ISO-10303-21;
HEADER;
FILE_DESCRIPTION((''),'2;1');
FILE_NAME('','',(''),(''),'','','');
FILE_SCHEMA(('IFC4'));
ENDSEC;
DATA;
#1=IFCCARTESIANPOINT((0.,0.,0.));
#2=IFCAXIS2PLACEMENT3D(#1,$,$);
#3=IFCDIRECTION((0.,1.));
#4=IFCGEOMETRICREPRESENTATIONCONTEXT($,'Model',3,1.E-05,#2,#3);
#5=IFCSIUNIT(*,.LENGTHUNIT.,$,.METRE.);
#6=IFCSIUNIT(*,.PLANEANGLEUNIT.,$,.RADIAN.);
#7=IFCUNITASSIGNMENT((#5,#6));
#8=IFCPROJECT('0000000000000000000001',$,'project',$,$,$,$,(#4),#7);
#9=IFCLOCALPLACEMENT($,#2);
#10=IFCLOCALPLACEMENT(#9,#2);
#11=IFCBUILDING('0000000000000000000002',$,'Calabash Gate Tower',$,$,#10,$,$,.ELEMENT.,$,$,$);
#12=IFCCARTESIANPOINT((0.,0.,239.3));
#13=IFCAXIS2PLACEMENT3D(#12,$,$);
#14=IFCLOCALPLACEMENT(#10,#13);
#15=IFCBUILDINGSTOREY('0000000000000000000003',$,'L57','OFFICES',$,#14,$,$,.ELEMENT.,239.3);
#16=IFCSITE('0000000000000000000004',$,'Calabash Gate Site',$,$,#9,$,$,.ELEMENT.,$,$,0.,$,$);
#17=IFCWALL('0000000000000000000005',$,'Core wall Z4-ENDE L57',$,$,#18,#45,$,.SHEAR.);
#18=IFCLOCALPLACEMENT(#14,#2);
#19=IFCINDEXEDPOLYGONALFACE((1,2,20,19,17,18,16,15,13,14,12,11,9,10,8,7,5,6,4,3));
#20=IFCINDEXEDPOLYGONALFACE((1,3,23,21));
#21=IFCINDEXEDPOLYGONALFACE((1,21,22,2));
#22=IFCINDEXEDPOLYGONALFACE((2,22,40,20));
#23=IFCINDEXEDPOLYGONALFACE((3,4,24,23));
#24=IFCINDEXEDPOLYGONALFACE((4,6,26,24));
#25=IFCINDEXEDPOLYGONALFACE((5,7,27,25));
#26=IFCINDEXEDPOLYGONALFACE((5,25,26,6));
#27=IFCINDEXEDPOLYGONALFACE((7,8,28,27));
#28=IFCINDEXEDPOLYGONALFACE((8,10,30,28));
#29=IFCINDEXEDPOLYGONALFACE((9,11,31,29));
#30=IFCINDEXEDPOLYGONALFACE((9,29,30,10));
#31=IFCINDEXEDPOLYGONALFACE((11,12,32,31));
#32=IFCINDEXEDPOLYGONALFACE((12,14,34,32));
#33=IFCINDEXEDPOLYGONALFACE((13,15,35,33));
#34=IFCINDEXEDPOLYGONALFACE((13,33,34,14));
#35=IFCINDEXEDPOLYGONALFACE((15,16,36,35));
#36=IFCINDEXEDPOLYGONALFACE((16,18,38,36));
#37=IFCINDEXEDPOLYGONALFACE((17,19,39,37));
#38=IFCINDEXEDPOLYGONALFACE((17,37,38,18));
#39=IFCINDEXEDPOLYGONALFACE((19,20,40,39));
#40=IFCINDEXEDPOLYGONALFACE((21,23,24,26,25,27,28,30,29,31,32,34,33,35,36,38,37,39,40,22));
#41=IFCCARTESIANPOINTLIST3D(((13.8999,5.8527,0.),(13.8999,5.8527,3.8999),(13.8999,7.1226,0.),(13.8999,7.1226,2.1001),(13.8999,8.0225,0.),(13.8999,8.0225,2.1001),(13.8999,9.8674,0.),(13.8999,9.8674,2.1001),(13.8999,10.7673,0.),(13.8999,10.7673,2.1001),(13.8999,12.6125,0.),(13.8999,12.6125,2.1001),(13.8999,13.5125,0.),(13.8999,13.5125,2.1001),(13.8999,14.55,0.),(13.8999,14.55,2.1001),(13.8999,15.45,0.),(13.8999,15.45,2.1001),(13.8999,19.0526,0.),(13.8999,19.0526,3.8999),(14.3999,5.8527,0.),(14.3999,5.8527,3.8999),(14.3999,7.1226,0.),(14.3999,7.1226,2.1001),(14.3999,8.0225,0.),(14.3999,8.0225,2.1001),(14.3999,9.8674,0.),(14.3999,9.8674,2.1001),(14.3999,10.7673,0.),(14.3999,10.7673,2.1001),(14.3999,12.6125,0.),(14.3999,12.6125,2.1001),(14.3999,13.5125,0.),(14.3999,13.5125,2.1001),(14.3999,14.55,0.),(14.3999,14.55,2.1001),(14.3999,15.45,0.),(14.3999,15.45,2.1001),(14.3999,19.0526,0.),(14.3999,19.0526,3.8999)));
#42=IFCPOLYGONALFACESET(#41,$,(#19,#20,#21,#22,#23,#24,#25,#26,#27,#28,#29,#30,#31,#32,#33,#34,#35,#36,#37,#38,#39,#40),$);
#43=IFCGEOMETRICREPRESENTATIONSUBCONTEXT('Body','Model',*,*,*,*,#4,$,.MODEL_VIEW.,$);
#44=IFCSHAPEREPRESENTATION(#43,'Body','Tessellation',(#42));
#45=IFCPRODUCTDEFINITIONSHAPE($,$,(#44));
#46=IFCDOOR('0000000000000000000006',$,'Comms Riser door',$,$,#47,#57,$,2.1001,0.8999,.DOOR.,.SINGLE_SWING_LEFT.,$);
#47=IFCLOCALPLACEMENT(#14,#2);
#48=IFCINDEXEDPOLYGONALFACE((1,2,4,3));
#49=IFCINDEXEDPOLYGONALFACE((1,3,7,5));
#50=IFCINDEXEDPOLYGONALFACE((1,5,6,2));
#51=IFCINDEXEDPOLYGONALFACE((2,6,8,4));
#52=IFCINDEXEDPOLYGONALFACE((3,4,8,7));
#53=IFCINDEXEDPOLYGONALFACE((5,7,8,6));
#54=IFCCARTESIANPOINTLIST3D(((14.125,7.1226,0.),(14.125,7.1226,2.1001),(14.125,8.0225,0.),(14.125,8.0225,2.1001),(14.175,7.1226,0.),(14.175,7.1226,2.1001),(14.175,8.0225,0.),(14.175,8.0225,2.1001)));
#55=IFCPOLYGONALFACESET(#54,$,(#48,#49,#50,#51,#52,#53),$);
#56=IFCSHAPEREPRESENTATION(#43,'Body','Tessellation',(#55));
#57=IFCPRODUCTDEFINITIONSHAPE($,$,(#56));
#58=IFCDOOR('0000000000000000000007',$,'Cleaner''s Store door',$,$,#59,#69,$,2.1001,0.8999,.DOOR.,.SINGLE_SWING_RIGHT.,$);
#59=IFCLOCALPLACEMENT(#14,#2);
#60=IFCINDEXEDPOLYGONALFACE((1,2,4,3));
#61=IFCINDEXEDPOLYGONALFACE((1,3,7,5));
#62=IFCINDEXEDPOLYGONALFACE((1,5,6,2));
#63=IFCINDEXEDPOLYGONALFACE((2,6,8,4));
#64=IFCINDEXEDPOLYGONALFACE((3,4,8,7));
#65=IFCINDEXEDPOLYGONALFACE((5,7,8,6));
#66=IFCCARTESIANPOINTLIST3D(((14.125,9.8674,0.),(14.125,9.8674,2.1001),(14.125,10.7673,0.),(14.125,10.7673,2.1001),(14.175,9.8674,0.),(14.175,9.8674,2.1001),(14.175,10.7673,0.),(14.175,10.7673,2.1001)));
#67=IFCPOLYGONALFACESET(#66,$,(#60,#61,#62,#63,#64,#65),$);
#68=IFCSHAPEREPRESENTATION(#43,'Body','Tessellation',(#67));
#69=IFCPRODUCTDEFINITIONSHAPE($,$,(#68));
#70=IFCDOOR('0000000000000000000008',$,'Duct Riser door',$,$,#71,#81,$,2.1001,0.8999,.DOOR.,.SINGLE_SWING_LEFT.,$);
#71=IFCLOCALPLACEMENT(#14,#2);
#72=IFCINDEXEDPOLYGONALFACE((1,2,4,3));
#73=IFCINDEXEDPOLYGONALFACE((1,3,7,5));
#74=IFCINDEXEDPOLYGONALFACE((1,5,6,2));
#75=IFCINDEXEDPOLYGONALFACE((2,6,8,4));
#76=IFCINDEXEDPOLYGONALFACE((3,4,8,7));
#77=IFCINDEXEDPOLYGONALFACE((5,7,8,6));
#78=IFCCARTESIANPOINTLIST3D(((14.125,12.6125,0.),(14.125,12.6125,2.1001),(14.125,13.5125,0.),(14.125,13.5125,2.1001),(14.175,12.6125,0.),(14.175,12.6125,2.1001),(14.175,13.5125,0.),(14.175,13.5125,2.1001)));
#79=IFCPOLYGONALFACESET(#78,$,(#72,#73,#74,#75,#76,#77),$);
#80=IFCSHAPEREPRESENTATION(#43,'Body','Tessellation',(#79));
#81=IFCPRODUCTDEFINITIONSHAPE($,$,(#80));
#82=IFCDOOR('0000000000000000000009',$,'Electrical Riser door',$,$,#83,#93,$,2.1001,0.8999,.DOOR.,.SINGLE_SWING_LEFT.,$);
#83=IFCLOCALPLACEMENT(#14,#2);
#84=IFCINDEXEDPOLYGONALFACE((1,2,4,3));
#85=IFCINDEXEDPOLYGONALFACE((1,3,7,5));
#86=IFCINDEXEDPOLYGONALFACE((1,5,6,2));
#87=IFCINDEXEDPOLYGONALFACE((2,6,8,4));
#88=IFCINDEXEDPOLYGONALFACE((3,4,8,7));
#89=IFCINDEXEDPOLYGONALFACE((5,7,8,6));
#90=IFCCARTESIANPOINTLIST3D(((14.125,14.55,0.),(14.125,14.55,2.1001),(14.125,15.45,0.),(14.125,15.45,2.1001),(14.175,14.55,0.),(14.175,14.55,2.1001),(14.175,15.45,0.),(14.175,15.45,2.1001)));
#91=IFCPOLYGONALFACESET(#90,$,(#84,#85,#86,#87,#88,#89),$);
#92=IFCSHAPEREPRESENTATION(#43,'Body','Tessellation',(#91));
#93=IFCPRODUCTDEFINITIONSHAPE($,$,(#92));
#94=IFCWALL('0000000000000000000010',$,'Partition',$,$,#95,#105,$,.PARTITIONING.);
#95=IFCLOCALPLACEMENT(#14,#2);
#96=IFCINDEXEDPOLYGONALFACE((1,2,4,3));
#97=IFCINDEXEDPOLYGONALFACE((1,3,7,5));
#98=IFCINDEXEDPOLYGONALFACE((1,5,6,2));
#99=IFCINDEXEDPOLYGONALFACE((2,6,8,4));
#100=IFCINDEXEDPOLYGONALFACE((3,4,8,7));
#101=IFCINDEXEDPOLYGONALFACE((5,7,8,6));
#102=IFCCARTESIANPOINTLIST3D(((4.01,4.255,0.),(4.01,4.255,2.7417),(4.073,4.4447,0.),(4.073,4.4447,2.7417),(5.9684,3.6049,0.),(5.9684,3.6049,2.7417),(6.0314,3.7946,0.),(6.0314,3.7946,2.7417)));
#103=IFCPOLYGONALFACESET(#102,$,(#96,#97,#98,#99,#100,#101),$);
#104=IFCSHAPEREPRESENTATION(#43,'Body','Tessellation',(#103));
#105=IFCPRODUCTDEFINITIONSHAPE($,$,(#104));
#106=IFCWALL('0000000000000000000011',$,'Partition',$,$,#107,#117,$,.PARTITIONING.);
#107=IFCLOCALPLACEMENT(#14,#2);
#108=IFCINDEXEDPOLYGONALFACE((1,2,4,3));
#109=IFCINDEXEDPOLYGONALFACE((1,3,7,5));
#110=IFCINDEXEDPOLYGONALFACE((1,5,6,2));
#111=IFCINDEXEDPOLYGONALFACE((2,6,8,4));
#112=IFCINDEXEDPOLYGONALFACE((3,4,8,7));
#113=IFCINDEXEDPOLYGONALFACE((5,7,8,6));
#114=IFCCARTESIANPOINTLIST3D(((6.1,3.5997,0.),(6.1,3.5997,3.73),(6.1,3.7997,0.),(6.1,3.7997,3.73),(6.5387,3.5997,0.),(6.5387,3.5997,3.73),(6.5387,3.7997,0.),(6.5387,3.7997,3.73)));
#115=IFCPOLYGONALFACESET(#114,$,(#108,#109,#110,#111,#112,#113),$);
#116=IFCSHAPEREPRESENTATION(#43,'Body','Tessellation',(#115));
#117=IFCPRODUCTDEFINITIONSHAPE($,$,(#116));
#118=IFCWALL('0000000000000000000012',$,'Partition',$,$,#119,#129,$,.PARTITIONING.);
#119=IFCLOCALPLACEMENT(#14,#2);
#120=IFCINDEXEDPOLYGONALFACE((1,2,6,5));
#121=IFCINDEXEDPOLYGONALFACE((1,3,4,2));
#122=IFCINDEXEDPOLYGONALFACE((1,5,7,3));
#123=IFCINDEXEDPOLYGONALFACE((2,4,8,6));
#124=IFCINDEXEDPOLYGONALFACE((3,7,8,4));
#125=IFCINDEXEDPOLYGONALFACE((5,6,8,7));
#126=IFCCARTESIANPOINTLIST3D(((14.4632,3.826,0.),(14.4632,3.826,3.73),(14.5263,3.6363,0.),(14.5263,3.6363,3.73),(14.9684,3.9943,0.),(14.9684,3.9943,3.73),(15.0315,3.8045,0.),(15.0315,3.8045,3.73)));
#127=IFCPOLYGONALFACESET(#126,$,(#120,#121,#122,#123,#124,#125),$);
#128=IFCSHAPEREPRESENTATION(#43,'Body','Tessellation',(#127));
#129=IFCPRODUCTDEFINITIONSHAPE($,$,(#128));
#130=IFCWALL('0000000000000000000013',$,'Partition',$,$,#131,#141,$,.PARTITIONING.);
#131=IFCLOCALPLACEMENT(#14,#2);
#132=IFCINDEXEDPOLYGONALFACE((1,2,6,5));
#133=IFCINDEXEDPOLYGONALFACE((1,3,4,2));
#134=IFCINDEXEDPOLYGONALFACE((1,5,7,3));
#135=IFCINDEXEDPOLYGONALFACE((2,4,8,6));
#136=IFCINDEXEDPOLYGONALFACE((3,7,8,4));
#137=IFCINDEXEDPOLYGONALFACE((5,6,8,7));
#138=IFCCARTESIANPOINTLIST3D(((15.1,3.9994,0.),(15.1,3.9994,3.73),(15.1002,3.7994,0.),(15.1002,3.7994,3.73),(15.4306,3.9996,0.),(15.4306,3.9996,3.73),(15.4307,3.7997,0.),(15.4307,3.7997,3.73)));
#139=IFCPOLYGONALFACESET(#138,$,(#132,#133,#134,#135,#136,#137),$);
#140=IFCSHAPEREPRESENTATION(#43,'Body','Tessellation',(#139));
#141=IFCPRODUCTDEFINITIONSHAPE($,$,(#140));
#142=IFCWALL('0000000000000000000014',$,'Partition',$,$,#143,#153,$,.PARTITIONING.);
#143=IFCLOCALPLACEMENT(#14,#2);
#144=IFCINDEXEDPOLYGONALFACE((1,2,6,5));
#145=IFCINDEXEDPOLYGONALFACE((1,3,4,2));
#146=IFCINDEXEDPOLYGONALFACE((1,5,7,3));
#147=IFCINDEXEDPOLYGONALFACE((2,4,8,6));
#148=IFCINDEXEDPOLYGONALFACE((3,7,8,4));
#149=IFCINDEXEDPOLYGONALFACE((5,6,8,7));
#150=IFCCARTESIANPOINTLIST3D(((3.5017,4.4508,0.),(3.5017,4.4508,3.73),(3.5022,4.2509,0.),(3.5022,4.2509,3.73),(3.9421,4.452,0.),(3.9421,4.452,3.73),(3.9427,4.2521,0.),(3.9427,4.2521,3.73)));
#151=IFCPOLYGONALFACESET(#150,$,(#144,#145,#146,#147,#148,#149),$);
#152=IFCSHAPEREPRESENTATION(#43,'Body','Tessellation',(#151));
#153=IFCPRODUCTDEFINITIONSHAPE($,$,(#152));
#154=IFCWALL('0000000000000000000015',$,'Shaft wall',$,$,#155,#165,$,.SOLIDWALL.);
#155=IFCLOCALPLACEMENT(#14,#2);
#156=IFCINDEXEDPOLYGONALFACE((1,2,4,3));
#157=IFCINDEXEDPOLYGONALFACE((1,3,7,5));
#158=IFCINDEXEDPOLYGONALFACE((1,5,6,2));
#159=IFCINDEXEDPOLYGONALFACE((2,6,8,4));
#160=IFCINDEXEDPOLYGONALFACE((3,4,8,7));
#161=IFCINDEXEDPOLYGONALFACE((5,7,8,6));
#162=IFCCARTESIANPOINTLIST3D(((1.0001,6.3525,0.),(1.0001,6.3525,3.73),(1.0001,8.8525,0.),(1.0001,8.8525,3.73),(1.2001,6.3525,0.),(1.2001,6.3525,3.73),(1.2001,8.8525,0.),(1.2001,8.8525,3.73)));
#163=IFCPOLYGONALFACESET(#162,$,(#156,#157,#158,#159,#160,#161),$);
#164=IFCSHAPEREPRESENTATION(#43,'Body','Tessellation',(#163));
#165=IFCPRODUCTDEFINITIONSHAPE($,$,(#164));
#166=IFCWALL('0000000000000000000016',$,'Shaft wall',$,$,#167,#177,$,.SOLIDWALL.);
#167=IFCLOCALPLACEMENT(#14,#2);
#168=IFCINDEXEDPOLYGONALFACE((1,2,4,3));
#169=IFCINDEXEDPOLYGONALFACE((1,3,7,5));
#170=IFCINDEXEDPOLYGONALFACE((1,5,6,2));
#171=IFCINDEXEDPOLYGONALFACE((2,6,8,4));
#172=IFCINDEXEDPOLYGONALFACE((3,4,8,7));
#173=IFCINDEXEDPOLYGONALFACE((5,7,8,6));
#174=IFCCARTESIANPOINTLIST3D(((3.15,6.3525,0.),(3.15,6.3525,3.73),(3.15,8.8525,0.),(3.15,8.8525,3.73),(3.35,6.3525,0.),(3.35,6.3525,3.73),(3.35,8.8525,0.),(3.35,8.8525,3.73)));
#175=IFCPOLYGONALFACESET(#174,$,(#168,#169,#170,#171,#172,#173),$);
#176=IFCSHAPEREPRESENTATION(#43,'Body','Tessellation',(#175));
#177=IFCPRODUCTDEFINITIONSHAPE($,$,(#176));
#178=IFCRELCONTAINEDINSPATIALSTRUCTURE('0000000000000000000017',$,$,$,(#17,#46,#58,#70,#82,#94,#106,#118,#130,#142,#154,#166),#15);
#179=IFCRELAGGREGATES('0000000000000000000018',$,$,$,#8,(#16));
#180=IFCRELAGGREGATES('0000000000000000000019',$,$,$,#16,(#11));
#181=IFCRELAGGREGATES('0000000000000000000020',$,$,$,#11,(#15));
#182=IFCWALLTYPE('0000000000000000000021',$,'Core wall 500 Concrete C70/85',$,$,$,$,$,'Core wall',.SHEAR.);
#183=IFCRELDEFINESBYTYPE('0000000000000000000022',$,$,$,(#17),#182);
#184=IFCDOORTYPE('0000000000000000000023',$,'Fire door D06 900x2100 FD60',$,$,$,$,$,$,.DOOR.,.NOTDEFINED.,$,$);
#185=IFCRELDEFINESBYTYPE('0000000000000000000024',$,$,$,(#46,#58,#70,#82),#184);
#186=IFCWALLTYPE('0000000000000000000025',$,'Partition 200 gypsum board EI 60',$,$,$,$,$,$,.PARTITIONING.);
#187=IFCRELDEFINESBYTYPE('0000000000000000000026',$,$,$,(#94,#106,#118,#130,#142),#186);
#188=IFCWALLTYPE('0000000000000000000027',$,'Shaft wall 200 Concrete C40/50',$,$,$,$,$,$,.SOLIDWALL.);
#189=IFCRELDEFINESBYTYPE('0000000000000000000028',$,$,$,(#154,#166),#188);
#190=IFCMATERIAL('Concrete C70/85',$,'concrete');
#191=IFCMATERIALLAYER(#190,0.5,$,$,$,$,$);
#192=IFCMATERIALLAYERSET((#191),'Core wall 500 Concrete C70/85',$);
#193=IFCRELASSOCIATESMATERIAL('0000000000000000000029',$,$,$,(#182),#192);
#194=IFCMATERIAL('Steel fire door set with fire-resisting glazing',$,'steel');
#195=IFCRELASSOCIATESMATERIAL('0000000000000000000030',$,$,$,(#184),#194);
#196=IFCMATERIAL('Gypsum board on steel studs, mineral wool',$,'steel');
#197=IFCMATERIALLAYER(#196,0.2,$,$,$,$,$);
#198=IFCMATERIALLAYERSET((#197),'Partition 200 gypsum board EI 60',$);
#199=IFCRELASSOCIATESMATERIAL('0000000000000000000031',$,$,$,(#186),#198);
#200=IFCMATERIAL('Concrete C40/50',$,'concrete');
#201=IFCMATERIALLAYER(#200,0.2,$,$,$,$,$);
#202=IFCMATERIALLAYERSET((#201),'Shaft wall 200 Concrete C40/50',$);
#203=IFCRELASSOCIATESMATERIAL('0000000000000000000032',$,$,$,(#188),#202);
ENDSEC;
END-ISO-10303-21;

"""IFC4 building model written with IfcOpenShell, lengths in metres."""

from ifc_helpers import new_model, si_unit, direction, frame, frame_2d, origin, place, context, subcontext, project, spatial, rectangle, extrude, material, layer, layer_set, type_object, element, fill, save


model = new_model("IFC4")

# Units and contexts
model_context = context("Model", 3, precision=1e-05, world=origin(), true_north=direction((0.0, 1.0)))
body_context = subcontext(model_context, "Body", "Model", "MODEL_VIEW")
ifc_project = project(units=[si_unit("LENGTHUNIT", "METRE"), si_unit("PLANEANGLEUNIT", "RADIAN")], contexts=[model_context])

# Site, building, storey
site_placement = place(None, origin())
site = spatial("IfcSite", under=ifc_project, at=site_placement, Name="Calabash Gate Site", CompositionType="ELEMENT", RefElevation=0.0)
building_placement = place(site_placement, origin())
building = spatial("IfcBuilding", under=site, at=building_placement, Name="Calabash Gate Tower", CompositionType="ELEMENT")
storey_placement = place(building_placement, frame((0.0, 0.0, 239.3)))
storey = spatial("IfcBuildingStorey", under=building, at=storey_placement, Name="L57", Description="OFFICES", CompositionType="ELEMENT", Elevation=239.3)

# Shared definitions
ifc_material_1 = material(Name="Concrete C70/85", Category="concrete")
ifc_layer_1 = layer(ifc_material_1, 0.5)
ifc_layer_set_1 = layer_set([ifc_layer_1], Name="Core wall 500 Concrete C70/85")
wall_type_1 = type_object("IfcWallType", Name="Core wall 500 Concrete C70/85", ElementType="Core wall", PredefinedType="SHEAR", material=ifc_layer_set_1)

# Wall, openings, doors
wall_1_placement = place(storey_placement, frame((14.1499, 5.8525, 0.0), z_axis=(0.0, 0.0, 1.0), x_axis=(0.0, 1.0, 0.0)))
wall_1 = element("IfcWall", 1, at=wall_1_placement, inside=storey, type_object=wall_type_1, Name="Core wall Z4-ENDE L57", PredefinedType="SHEAR", context=body_context, shape_type="SweptSolid", body=[
    extrude(rectangle(XDim=13.2, YDim=0.5, at=frame_2d((6.6001, 0.0))), origin(), (0.0, 0.0, 1.0), 3.8999),
])
opening_1_placement = place(wall_1_placement, frame((1.27, 0.0, 0.0)))
opening_1 = element("IfcOpeningElement", 2, at=opening_1_placement, cuts=wall_1, PredefinedType="OPENING", context=body_context, shape_type="SweptSolid", body=[
    extrude(rectangle(XDim=0.8999, YDim=2.1001, at=frame_2d((0.45, 1.05))), frame((0.0, 0.26, 0.0), z_axis=(0.0, -1.0, 0.0), x_axis=(1.0, 0.0, 0.0)), (0.0, 0.0, 1.0), 0.52),
])
opening_2_placement = place(wall_1_placement, frame((4.0149, 0.0, 0.0)))
opening_2 = element("IfcOpeningElement", 3, at=opening_2_placement, cuts=wall_1, PredefinedType="OPENING", context=body_context, shape_type="SweptSolid", body=[
    extrude(rectangle(XDim=0.8999, YDim=2.1001, at=frame_2d((0.45, 1.05))), frame((0.0, 0.26, 0.0), z_axis=(0.0, -1.0, 0.0), x_axis=(1.0, 0.0, 0.0)), (0.0, 0.0, 1.0), 0.52),
])
opening_3_placement = place(wall_1_placement, frame((6.76, 0.0, 0.0)))
opening_3 = element("IfcOpeningElement", 4, at=opening_3_placement, cuts=wall_1, PredefinedType="OPENING", context=body_context, shape_type="SweptSolid", body=[
    extrude(rectangle(XDim=0.8999, YDim=2.1001, at=frame_2d((0.45, 1.05))), frame((0.0, 0.26, 0.0), z_axis=(0.0, -1.0, 0.0), x_axis=(1.0, 0.0, 0.0)), (0.0, 0.0, 1.0), 0.52),
])
opening_4_placement = place(wall_1_placement, frame((8.6975, 0.0, 0.0)))
opening_4 = element("IfcOpeningElement", 5, at=opening_4_placement, cuts=wall_1, PredefinedType="OPENING", context=body_context, shape_type="SweptSolid", body=[
    extrude(rectangle(XDim=0.8999, YDim=2.1001, at=frame_2d((0.45, 1.05))), frame((0.0, 0.26, 0.0), z_axis=(0.0, -1.0, 0.0), x_axis=(1.0, 0.0, 0.0)), (0.0, 0.0, 1.0), 0.52),
])
ifc_material_2 = material(Name="Steel fire door set with fire-resisting glazing", Category="steel")
door_type_1 = type_object("IfcDoorType", Name="Fire door D06 900x2100 FD60", OperationType="NOTDEFINED", PredefinedType="DOOR", material=ifc_material_2)
door_1_placement = place(opening_1_placement, origin())
door_1 = element("IfcDoor", 6, at=door_1_placement, inside=storey, type_object=door_type_1, Name="Comms Riser door", OperationType="SINGLE_SWING_LEFT", OverallHeight=2.1001, OverallWidth=0.8999, PredefinedType="DOOR", context=body_context, shape_type="SweptSolid", body=[
    extrude(rectangle(XDim=0.8999, YDim=2.1001, at=frame_2d((0.45, 1.05))), frame((0.0, 0.0249, 0.0), z_axis=(0.0, -1.0, 0.0), x_axis=(1.0, 0.0, 0.0)), (0.0, 0.0, 1.0), 0.05),
])
fill(opening_1, door_1)
door_2_placement = place(opening_2_placement, origin())
door_2 = element("IfcDoor", 7, at=door_2_placement, inside=storey, type_object=door_type_1, Name="Cleaner's Store door", OperationType="SINGLE_SWING_RIGHT", OverallHeight=2.1001, OverallWidth=0.8999, PredefinedType="DOOR", context=body_context, shape_type="SweptSolid", body=[
    extrude(rectangle(XDim=0.8999, YDim=2.1001, at=frame_2d((0.45, 1.05))), frame((0.0, 0.0249, 0.0), z_axis=(0.0, -1.0, 0.0), x_axis=(1.0, 0.0, 0.0)), (0.0, 0.0, 1.0), 0.05),
])
fill(opening_2, door_2)
door_3_placement = place(opening_3_placement, origin())
door_3 = element("IfcDoor", 8, at=door_3_placement, inside=storey, type_object=door_type_1, Name="Duct Riser door", OperationType="SINGLE_SWING_LEFT", OverallHeight=2.1001, OverallWidth=0.8999, PredefinedType="DOOR", context=body_context, shape_type="SweptSolid", body=[
    extrude(rectangle(XDim=0.8999, YDim=2.1001, at=frame_2d((0.45, 1.05))), frame((0.0, 0.0249, 0.0), z_axis=(0.0, -1.0, 0.0), x_axis=(1.0, 0.0, 0.0)), (0.0, 0.0, 1.0), 0.05),
])
fill(opening_3, door_3)
door_4_placement = place(opening_4_placement, origin())
door_4 = element("IfcDoor", 9, at=door_4_placement, inside=storey, type_object=door_type_1, Name="Electrical Riser door", OperationType="SINGLE_SWING_LEFT", OverallHeight=2.1001, OverallWidth=0.8999, PredefinedType="DOOR", context=body_context, shape_type="SweptSolid", body=[
    extrude(rectangle(XDim=0.8999, YDim=2.1001, at=frame_2d((0.45, 1.05))), frame((0.0, 0.0249, 0.0), z_axis=(0.0, -1.0, 0.0), x_axis=(1.0, 0.0, 0.0)), (0.0, 0.0, 1.0), 0.05),
])
fill(opening_4, door_4)

# Walls
ifc_material_3 = material(Name="Gypsum board on steel studs, mineral wool", Category="steel")
ifc_layer_2 = layer(ifc_material_3, 0.2)
ifc_layer_set_2 = layer_set([ifc_layer_2], Name="Partition 200 gypsum board EI 60")
wall_type_2 = type_object("IfcWallType", Name="Partition 200 gypsum board EI 60", PredefinedType="PARTITIONING", material=ifc_layer_set_2)
wall_2_placement = place(storey_placement, frame((4.0415, 4.3499, 0.0), z_axis=(0.0, 0.0, 1.0), x_axis=(0.949073, -0.315056, 0.0)))
element("IfcWall", 10, at=wall_2_placement, inside=storey, type_object=wall_type_2, Name="Partition", PredefinedType="PARTITIONING", context=body_context, shape_type="SweptSolid", body=[
    extrude(rectangle(XDim=2.0635, YDim=0.2, at=frame_2d((1.0317, 0.0))), origin(), (0.0, 0.0, 1.0), 2.7417),
])
wall_3_placement = place(storey_placement, frame((6.1001, 3.6997, 0.0), z_axis=(0.0, 0.0, 1.0), x_axis=(1.0, 0.0, 0.0)))
element("IfcWall", 11, at=wall_3_placement, inside=storey, type_object=wall_type_2, Name="Partition", PredefinedType="PARTITIONING", context=body_context, shape_type="SweptSolid", body=[
    extrude(rectangle(XDim=0.4387, YDim=0.2, at=frame_2d((0.2192, 0.0))), origin(), (0.0, 0.0, 1.0), 3.73),
])

# Walls
wall_4_placement = place(storey_placement, frame((14.4949, 3.7312, 0.0), z_axis=(0.0, 0.0, 1.0), x_axis=(0.948775, 0.315953, 0.0)))
element("IfcWall", 12, at=wall_4_placement, inside=storey, type_object=wall_type_2, Name="Partition", PredefinedType="PARTITIONING", context=body_context, shape_type="SweptSolid", body=[
    extrude(rectangle(XDim=0.5325, YDim=0.2, at=frame_2d((0.2661, 0.0))), origin(), (0.0, 0.0, 1.0), 3.73),
])
wall_5_placement = place(storey_placement, frame((15.1001, 3.8994, 0.0), z_axis=(0.0, 0.0, 1.0), x_axis=(1.0, 0.000739, 0.0)))
element("IfcWall", 13, at=wall_5_placement, inside=storey, type_object=wall_type_2, Name="Partition", PredefinedType="PARTITIONING", context=body_context, shape_type="SweptSolid", body=[
    extrude(rectangle(XDim=0.3306, YDim=0.2, at=frame_2d((0.1653, 0.0))), origin(), (0.0, 0.0, 1.0), 3.73),
])
wall_6_placement = place(storey_placement, frame((3.502, 4.3508, 0.0), z_axis=(0.0, 0.0, 1.0), x_axis=(0.999996, 0.002772, 0.0)))
element("IfcWall", 14, at=wall_6_placement, inside=storey, type_object=wall_type_2, Name="Partition", PredefinedType="PARTITIONING", context=body_context, shape_type="SweptSolid", body=[
    extrude(rectangle(XDim=0.4404, YDim=0.2, at=frame_2d((0.2202, 0.0))), origin(), (0.0, 0.0, 1.0), 3.73),
])
ifc_material_4 = material(Name="Concrete C40/50", Category="concrete")
ifc_layer_3 = layer(ifc_material_4, 0.2)
ifc_layer_set_3 = layer_set([ifc_layer_3], Name="Shaft wall 200 Concrete C40/50")
wall_type_3 = type_object("IfcWallType", Name="Shaft wall 200 Concrete C40/50", PredefinedType="SOLIDWALL", material=ifc_layer_set_3)
for number, where, z_axis, x_axis, name in (
    (15, (1.1001, 6.3525, 0.0), (0.0, 0.0, 1.0), (0.0, 1.0, 0.0), "Shaft wall"),
    (16, (3.25, 6.3525, 0.0), (0.0, 0.0, 1.0), (0.0, 1.0, 0.0), "Shaft wall"),
):
    element("IfcWall", number, at=place(storey_placement, frame(where, z_axis=z_axis, x_axis=x_axis)), inside=storey, type_object=wall_type_3, Name=name, PredefinedType="SOLIDWALL", context=body_context, shape_type="SweptSolid", body=[
        extrude(rectangle(XDim=2.5, YDim=0.2, at=frame_2d((1.25, 0.0))), origin(), (0.0, 0.0, 1.0), 3.73),
    ])

save(model, "model.ifc")
